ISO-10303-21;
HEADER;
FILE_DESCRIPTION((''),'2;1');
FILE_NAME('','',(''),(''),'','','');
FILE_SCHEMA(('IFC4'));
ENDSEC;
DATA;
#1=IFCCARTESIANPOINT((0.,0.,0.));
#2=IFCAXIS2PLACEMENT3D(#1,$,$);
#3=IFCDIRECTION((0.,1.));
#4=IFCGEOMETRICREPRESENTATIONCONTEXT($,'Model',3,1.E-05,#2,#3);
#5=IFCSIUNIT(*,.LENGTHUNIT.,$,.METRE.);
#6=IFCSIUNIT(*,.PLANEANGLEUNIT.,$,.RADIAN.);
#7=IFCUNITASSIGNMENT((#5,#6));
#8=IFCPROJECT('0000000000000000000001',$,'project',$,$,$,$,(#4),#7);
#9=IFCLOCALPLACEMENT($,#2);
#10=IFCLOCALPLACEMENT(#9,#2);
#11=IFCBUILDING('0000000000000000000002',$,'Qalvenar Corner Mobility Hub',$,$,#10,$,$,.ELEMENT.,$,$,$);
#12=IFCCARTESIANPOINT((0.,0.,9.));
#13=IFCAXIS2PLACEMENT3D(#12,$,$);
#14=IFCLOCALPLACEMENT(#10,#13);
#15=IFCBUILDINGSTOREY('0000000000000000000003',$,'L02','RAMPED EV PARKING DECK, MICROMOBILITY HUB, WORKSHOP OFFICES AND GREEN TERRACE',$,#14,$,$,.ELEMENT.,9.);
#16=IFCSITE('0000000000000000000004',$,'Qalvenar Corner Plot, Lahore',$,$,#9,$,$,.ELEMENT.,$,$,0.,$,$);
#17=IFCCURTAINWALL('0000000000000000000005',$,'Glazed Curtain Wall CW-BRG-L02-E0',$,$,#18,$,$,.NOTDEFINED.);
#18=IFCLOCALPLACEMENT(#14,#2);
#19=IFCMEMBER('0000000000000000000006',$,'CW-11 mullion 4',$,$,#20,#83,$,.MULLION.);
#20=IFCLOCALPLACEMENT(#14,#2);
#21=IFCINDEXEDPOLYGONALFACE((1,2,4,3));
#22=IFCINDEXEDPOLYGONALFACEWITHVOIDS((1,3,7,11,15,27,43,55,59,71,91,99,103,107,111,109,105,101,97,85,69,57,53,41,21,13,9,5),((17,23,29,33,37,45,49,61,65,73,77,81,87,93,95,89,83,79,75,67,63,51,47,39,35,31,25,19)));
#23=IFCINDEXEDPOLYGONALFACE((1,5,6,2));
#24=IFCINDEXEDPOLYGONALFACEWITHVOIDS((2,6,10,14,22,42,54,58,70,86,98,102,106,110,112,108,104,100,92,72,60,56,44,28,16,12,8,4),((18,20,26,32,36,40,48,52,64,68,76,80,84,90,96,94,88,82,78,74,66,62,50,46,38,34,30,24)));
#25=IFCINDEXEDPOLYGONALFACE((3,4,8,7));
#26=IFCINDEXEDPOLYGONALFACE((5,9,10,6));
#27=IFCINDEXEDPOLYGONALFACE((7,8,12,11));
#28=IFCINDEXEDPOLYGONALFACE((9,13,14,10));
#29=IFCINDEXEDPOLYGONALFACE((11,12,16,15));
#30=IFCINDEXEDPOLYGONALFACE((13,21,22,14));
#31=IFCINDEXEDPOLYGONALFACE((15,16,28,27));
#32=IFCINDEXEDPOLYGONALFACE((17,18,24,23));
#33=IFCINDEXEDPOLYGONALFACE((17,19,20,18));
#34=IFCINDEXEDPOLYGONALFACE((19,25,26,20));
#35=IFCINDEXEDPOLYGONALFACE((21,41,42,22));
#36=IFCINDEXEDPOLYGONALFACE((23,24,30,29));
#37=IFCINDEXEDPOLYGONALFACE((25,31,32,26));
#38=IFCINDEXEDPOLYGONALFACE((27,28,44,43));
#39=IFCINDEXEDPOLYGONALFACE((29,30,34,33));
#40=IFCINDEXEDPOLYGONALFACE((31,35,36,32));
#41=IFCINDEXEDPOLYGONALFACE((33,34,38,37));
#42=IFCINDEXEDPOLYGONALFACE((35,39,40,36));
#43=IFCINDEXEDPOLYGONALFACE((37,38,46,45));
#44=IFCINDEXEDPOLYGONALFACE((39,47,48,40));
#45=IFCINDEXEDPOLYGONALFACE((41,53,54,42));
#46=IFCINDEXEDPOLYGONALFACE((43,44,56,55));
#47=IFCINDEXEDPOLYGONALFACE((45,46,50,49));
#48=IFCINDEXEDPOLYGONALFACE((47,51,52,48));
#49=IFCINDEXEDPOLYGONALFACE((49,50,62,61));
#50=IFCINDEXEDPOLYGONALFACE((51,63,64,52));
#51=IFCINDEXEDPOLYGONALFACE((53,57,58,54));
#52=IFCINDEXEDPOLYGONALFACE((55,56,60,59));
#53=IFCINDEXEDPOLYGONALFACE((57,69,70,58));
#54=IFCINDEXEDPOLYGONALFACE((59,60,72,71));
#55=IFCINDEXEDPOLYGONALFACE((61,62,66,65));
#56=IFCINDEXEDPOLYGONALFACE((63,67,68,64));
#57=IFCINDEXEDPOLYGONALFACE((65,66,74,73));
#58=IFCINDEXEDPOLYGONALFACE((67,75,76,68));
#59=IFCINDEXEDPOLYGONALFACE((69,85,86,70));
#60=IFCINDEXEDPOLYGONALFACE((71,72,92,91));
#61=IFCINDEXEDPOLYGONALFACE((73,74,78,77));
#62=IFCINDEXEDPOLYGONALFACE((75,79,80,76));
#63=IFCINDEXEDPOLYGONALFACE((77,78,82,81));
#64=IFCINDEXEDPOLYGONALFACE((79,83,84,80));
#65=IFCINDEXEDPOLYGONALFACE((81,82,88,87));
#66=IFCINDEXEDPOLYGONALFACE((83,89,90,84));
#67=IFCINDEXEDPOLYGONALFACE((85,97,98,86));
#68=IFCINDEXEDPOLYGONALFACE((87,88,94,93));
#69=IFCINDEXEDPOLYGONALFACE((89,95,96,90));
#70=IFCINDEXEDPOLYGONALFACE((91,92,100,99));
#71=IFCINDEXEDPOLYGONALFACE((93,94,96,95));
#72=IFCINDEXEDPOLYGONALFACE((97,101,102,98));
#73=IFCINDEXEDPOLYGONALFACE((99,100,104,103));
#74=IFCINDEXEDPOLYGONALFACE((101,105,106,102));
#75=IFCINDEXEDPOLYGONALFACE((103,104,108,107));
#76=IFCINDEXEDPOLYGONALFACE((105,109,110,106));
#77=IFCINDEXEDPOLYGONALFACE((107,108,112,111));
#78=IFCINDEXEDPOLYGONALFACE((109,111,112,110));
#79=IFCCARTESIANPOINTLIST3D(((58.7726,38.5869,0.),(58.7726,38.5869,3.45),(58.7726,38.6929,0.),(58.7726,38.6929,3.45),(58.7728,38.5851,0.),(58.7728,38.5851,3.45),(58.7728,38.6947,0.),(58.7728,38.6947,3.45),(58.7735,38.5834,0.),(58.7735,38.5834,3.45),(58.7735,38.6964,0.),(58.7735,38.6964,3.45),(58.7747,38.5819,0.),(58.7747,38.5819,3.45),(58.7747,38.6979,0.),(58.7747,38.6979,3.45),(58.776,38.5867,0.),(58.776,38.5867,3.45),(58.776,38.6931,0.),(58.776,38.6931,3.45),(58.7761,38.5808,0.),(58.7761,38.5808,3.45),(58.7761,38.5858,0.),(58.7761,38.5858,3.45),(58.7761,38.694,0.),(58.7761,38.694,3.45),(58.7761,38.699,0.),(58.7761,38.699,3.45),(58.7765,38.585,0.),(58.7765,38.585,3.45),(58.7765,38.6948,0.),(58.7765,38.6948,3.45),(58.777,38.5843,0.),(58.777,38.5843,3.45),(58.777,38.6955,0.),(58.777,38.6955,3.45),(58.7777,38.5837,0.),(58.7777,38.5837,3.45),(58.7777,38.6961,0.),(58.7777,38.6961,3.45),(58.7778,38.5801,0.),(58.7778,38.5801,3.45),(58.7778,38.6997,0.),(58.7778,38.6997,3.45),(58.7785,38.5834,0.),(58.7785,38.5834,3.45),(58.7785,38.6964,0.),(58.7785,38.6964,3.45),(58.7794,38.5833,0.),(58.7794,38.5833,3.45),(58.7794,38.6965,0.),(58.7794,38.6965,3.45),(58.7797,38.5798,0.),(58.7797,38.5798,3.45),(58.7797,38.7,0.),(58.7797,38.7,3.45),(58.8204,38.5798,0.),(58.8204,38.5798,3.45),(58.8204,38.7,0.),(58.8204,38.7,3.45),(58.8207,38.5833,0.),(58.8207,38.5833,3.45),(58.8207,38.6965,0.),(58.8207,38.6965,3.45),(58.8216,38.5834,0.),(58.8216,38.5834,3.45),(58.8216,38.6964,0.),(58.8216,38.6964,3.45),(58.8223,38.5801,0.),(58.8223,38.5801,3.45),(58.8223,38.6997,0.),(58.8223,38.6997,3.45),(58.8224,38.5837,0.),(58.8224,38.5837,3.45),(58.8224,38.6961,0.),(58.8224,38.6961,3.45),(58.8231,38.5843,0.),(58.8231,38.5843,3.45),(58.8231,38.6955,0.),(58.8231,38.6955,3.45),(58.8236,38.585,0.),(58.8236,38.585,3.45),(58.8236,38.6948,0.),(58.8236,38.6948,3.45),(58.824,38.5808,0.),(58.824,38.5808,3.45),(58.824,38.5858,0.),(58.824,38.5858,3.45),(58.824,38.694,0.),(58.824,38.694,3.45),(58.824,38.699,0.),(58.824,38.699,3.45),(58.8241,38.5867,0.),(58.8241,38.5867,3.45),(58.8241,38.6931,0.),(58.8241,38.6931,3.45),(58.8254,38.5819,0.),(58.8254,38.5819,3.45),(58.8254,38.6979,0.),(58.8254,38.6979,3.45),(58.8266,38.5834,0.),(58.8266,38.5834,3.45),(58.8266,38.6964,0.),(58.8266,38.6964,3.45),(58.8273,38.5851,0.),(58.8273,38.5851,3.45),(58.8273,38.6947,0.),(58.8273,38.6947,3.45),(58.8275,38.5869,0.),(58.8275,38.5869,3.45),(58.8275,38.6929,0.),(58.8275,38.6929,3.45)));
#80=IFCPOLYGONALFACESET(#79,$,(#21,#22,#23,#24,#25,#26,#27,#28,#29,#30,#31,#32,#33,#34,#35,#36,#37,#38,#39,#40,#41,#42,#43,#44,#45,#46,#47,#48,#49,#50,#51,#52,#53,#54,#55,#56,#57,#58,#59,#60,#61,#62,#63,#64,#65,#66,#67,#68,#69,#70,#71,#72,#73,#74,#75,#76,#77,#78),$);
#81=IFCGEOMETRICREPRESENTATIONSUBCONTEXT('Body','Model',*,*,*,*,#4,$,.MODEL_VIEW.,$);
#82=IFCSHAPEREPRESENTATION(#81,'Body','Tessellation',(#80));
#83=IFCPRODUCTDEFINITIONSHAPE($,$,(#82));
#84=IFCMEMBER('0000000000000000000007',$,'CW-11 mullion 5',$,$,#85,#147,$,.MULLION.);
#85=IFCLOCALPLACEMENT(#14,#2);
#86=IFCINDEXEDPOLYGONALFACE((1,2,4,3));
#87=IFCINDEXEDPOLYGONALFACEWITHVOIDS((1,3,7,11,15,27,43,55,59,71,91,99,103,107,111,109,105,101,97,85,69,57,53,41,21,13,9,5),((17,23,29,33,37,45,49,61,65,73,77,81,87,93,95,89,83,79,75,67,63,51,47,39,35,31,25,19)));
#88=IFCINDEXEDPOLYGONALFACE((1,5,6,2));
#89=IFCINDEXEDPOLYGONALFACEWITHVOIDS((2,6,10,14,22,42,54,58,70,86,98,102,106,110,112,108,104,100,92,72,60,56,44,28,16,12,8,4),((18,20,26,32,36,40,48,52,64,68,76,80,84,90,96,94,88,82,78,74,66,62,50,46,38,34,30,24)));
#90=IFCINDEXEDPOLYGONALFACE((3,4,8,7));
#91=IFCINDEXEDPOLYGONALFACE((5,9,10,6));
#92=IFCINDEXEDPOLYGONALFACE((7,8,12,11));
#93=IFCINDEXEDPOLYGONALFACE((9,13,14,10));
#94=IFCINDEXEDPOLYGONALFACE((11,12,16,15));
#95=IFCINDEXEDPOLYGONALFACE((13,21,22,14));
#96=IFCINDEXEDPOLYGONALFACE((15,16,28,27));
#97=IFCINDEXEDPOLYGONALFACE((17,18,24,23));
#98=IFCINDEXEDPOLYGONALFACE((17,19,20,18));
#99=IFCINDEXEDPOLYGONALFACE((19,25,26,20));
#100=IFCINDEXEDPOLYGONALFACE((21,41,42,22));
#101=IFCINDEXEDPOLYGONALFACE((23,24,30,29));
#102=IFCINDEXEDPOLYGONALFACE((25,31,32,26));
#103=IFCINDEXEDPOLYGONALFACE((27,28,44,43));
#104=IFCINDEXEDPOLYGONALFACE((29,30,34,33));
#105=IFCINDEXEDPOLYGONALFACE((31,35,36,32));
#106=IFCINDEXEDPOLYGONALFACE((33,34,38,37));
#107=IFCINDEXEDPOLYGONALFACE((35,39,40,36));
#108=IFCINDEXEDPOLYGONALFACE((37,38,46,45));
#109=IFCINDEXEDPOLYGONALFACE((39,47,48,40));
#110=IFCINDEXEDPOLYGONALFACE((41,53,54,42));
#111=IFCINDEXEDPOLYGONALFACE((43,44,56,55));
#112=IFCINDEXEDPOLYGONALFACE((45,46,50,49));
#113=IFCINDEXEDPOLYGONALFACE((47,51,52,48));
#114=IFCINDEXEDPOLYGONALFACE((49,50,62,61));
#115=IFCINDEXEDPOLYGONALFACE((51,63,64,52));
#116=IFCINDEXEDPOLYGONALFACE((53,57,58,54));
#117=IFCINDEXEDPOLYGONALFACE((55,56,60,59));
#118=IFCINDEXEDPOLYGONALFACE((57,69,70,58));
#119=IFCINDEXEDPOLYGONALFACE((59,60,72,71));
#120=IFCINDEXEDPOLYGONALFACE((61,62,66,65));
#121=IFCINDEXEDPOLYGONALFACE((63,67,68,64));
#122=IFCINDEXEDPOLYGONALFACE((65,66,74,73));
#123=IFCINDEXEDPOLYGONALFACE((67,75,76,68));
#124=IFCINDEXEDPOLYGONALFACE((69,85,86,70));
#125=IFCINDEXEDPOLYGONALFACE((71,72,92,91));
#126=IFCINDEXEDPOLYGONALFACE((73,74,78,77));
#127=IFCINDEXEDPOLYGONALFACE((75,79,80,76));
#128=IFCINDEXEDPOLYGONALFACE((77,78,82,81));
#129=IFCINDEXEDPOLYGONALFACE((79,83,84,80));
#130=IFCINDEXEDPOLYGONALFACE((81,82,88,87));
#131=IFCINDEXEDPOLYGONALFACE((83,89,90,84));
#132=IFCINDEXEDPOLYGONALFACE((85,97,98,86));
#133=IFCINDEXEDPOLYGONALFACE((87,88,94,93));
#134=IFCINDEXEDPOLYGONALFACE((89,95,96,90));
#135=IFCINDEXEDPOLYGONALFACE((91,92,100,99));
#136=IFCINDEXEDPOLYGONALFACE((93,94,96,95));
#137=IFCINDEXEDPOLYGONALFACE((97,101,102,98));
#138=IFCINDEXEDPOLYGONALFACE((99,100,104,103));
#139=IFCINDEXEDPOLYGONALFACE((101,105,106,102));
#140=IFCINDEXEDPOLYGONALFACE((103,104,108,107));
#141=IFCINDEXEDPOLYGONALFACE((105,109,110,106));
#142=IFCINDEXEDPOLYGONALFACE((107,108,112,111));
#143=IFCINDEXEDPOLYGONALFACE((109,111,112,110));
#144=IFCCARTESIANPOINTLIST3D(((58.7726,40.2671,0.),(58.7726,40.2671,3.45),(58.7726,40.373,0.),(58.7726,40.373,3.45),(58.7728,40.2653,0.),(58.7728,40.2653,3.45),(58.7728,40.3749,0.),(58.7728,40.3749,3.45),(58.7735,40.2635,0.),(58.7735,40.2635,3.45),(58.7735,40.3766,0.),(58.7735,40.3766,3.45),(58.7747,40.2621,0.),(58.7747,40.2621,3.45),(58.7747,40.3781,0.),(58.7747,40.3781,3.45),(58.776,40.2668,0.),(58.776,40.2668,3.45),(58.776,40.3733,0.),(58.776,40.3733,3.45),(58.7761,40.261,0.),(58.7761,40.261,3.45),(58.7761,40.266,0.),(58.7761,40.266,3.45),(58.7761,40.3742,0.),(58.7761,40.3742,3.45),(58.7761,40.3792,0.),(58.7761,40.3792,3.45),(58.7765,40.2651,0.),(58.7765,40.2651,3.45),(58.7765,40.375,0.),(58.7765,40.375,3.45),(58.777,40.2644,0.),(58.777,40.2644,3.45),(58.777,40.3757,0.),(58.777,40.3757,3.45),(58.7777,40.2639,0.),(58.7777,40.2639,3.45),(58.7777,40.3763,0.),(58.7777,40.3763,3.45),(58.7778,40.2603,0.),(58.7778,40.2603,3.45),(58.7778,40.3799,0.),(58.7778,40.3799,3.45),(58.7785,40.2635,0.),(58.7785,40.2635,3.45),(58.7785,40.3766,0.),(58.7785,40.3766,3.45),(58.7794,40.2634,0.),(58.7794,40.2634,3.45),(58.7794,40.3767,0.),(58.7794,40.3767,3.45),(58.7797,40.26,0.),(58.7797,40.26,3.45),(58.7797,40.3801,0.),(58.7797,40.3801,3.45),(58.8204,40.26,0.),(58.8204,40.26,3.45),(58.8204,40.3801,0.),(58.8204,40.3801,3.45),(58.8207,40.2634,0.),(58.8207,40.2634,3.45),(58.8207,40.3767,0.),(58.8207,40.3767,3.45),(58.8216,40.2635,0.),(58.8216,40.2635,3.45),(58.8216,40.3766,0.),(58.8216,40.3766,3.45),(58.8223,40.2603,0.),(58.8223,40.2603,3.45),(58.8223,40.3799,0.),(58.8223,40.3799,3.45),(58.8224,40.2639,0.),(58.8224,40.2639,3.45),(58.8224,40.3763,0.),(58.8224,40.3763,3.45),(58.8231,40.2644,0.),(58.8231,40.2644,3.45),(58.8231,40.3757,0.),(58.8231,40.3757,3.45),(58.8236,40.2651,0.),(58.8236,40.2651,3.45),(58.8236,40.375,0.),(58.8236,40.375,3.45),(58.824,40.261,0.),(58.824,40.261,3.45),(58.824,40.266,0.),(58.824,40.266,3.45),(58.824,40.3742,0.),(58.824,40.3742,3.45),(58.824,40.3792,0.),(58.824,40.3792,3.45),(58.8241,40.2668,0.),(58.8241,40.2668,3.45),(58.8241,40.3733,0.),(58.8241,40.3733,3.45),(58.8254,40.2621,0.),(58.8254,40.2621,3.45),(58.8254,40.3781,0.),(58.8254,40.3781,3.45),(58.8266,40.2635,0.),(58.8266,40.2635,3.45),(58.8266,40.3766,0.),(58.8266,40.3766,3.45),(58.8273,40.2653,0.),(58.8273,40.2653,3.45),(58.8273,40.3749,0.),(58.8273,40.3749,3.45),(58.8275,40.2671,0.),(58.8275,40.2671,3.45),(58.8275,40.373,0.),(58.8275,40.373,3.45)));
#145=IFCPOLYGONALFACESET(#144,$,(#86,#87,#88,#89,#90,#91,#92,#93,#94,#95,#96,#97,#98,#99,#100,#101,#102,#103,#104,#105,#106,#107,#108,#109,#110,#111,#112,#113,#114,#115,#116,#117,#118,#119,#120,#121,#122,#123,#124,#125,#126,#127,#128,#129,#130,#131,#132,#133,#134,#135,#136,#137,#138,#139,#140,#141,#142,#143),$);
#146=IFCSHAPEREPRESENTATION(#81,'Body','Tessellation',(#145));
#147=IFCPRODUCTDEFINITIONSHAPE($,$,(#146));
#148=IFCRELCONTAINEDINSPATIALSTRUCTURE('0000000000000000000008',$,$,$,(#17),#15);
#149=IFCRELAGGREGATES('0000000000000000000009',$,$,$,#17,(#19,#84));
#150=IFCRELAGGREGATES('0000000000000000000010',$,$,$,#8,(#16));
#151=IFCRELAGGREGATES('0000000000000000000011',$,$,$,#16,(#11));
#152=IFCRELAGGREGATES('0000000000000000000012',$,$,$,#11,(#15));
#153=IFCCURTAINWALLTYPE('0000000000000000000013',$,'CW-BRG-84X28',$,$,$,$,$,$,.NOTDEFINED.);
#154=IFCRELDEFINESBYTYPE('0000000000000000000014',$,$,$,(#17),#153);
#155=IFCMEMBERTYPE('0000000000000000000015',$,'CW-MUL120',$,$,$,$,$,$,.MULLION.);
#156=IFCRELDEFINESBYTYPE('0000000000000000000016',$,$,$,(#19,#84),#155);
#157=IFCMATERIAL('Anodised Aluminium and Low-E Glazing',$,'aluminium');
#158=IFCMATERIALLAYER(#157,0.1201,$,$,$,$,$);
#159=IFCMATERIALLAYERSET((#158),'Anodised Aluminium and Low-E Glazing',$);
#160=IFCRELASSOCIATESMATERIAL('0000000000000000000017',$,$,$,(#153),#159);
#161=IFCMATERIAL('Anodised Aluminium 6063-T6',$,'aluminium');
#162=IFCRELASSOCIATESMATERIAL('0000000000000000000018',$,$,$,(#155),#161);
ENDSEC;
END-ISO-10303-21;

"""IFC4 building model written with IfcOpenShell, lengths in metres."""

from ifc_helpers import new_model, si_unit, direction, frame, origin, origin_2d, place, context, subcontext, project, spatial, hollow_rectangle, extrude, material, layer, layer_set, material_profile, profile_set, type_object, element, aggregate, save


model = new_model("IFC4")

# Units and contexts
model_context = context("Model", 3, precision=1e-05, world=origin(), true_north=direction((0.0, 1.0)))
body_context = subcontext(model_context, "Body", "Model", "MODEL_VIEW")
ifc_project = project(units=[si_unit("LENGTHUNIT", "METRE"), si_unit("PLANEANGLEUNIT", "RADIAN")], contexts=[model_context])

# Site, building, storey
site_placement = place(None, origin())
site = spatial("IfcSite", under=ifc_project, at=site_placement, Name="Qalvenar Corner Plot, Lahore", CompositionType="ELEMENT", RefElevation=0.0)
building_placement = place(site_placement, origin())
building = spatial("IfcBuilding", under=site, at=building_placement, Name="Qalvenar Corner Mobility Hub", CompositionType="ELEMENT")
storey_placement = place(building_placement, frame((0.0, 0.0, 9.0)))
storey = spatial("IfcBuildingStorey", under=building, at=storey_placement, Name="L02", Description="RAMPED EV PARKING DECK, MICROMOBILITY HUB, WORKSHOP OFFICES AND GREEN TERRACE", CompositionType="ELEMENT", Elevation=9.0)

# Curtain wall, members
ifc_material_1 = material(Name="Anodised Aluminium and Low-E Glazing", Category="aluminium")
ifc_layer_1 = layer(ifc_material_1, 0.1201)
ifc_layer_set_1 = layer_set([ifc_layer_1], Name="Anodised Aluminium and Low-E Glazing")
curtain_wall_type = type_object("IfcCurtainWallType", Name="CW-BRG-84X28", PredefinedType="NOTDEFINED", material=ifc_layer_set_1)
curtain_wall_placement = place(storey_placement, origin())
curtain_wall = element("IfcCurtainWall", 1, at=curtain_wall_placement, inside=storey, type_object=curtain_wall_type, Name="Glazed Curtain Wall CW-BRG-L02-E0", PredefinedType="NOTDEFINED")
ifc_material_2 = material(Name="Anodised Aluminium 6063-T6", Category="aluminium")
ifc_material_profile_1 = material_profile(ifc_material_2, hollow_rectangle(XDim=0.0549, YDim=0.1201, WallThickness=0.0034, InnerFilletRadius=0.0034, OuterFilletRadius=0.0071, at=origin_2d()), Name="RHS120x55x3.5")
ifc_profile_set_1 = profile_set([ifc_material_profile_1], Name="Anodised Aluminium 6063-T6")
member_type_1 = type_object("IfcMemberType", Name="CW-MUL120", PredefinedType="MULLION", material=ifc_profile_set_1)
member_1_placement = place(storey_placement, frame((58.8, 38.6399, 0.0), z_axis=(0.0, 0.0, 1.0), x_axis=(-1.0, 0.0, 0.0)))
member_1 = element("IfcMember", 2, at=member_1_placement, type_object=member_type_1, Name="CW-11 mullion 4", PredefinedType="MULLION", context=body_context, shape_type="SweptSolid", body=[
    extrude(hollow_rectangle(XDim=0.0549, YDim=0.1201, WallThickness=0.0034, InnerFilletRadius=0.0034, OuterFilletRadius=0.0071, at=origin_2d()), origin(), (0.0, 0.0, 1.0), 3.45),
])
member_2_placement = place(storey_placement, frame((58.8, 40.3201, 0.0), z_axis=(0.0, 0.0, 1.0), x_axis=(-1.0, 0.0, 0.0)))
member_2 = element("IfcMember", 3, at=member_2_placement, type_object=member_type_1, Name="CW-11 mullion 5", PredefinedType="MULLION", context=body_context, shape_type="SweptSolid", body=[
    extrude(hollow_rectangle(XDim=0.0549, YDim=0.1201, WallThickness=0.0034, InnerFilletRadius=0.0034, OuterFilletRadius=0.0071, at=origin_2d()), origin(), (0.0, 0.0, 1.0), 3.45),
])
aggregate(curtain_wall, [member_1, member_2])

save(model, "model.ifc")
